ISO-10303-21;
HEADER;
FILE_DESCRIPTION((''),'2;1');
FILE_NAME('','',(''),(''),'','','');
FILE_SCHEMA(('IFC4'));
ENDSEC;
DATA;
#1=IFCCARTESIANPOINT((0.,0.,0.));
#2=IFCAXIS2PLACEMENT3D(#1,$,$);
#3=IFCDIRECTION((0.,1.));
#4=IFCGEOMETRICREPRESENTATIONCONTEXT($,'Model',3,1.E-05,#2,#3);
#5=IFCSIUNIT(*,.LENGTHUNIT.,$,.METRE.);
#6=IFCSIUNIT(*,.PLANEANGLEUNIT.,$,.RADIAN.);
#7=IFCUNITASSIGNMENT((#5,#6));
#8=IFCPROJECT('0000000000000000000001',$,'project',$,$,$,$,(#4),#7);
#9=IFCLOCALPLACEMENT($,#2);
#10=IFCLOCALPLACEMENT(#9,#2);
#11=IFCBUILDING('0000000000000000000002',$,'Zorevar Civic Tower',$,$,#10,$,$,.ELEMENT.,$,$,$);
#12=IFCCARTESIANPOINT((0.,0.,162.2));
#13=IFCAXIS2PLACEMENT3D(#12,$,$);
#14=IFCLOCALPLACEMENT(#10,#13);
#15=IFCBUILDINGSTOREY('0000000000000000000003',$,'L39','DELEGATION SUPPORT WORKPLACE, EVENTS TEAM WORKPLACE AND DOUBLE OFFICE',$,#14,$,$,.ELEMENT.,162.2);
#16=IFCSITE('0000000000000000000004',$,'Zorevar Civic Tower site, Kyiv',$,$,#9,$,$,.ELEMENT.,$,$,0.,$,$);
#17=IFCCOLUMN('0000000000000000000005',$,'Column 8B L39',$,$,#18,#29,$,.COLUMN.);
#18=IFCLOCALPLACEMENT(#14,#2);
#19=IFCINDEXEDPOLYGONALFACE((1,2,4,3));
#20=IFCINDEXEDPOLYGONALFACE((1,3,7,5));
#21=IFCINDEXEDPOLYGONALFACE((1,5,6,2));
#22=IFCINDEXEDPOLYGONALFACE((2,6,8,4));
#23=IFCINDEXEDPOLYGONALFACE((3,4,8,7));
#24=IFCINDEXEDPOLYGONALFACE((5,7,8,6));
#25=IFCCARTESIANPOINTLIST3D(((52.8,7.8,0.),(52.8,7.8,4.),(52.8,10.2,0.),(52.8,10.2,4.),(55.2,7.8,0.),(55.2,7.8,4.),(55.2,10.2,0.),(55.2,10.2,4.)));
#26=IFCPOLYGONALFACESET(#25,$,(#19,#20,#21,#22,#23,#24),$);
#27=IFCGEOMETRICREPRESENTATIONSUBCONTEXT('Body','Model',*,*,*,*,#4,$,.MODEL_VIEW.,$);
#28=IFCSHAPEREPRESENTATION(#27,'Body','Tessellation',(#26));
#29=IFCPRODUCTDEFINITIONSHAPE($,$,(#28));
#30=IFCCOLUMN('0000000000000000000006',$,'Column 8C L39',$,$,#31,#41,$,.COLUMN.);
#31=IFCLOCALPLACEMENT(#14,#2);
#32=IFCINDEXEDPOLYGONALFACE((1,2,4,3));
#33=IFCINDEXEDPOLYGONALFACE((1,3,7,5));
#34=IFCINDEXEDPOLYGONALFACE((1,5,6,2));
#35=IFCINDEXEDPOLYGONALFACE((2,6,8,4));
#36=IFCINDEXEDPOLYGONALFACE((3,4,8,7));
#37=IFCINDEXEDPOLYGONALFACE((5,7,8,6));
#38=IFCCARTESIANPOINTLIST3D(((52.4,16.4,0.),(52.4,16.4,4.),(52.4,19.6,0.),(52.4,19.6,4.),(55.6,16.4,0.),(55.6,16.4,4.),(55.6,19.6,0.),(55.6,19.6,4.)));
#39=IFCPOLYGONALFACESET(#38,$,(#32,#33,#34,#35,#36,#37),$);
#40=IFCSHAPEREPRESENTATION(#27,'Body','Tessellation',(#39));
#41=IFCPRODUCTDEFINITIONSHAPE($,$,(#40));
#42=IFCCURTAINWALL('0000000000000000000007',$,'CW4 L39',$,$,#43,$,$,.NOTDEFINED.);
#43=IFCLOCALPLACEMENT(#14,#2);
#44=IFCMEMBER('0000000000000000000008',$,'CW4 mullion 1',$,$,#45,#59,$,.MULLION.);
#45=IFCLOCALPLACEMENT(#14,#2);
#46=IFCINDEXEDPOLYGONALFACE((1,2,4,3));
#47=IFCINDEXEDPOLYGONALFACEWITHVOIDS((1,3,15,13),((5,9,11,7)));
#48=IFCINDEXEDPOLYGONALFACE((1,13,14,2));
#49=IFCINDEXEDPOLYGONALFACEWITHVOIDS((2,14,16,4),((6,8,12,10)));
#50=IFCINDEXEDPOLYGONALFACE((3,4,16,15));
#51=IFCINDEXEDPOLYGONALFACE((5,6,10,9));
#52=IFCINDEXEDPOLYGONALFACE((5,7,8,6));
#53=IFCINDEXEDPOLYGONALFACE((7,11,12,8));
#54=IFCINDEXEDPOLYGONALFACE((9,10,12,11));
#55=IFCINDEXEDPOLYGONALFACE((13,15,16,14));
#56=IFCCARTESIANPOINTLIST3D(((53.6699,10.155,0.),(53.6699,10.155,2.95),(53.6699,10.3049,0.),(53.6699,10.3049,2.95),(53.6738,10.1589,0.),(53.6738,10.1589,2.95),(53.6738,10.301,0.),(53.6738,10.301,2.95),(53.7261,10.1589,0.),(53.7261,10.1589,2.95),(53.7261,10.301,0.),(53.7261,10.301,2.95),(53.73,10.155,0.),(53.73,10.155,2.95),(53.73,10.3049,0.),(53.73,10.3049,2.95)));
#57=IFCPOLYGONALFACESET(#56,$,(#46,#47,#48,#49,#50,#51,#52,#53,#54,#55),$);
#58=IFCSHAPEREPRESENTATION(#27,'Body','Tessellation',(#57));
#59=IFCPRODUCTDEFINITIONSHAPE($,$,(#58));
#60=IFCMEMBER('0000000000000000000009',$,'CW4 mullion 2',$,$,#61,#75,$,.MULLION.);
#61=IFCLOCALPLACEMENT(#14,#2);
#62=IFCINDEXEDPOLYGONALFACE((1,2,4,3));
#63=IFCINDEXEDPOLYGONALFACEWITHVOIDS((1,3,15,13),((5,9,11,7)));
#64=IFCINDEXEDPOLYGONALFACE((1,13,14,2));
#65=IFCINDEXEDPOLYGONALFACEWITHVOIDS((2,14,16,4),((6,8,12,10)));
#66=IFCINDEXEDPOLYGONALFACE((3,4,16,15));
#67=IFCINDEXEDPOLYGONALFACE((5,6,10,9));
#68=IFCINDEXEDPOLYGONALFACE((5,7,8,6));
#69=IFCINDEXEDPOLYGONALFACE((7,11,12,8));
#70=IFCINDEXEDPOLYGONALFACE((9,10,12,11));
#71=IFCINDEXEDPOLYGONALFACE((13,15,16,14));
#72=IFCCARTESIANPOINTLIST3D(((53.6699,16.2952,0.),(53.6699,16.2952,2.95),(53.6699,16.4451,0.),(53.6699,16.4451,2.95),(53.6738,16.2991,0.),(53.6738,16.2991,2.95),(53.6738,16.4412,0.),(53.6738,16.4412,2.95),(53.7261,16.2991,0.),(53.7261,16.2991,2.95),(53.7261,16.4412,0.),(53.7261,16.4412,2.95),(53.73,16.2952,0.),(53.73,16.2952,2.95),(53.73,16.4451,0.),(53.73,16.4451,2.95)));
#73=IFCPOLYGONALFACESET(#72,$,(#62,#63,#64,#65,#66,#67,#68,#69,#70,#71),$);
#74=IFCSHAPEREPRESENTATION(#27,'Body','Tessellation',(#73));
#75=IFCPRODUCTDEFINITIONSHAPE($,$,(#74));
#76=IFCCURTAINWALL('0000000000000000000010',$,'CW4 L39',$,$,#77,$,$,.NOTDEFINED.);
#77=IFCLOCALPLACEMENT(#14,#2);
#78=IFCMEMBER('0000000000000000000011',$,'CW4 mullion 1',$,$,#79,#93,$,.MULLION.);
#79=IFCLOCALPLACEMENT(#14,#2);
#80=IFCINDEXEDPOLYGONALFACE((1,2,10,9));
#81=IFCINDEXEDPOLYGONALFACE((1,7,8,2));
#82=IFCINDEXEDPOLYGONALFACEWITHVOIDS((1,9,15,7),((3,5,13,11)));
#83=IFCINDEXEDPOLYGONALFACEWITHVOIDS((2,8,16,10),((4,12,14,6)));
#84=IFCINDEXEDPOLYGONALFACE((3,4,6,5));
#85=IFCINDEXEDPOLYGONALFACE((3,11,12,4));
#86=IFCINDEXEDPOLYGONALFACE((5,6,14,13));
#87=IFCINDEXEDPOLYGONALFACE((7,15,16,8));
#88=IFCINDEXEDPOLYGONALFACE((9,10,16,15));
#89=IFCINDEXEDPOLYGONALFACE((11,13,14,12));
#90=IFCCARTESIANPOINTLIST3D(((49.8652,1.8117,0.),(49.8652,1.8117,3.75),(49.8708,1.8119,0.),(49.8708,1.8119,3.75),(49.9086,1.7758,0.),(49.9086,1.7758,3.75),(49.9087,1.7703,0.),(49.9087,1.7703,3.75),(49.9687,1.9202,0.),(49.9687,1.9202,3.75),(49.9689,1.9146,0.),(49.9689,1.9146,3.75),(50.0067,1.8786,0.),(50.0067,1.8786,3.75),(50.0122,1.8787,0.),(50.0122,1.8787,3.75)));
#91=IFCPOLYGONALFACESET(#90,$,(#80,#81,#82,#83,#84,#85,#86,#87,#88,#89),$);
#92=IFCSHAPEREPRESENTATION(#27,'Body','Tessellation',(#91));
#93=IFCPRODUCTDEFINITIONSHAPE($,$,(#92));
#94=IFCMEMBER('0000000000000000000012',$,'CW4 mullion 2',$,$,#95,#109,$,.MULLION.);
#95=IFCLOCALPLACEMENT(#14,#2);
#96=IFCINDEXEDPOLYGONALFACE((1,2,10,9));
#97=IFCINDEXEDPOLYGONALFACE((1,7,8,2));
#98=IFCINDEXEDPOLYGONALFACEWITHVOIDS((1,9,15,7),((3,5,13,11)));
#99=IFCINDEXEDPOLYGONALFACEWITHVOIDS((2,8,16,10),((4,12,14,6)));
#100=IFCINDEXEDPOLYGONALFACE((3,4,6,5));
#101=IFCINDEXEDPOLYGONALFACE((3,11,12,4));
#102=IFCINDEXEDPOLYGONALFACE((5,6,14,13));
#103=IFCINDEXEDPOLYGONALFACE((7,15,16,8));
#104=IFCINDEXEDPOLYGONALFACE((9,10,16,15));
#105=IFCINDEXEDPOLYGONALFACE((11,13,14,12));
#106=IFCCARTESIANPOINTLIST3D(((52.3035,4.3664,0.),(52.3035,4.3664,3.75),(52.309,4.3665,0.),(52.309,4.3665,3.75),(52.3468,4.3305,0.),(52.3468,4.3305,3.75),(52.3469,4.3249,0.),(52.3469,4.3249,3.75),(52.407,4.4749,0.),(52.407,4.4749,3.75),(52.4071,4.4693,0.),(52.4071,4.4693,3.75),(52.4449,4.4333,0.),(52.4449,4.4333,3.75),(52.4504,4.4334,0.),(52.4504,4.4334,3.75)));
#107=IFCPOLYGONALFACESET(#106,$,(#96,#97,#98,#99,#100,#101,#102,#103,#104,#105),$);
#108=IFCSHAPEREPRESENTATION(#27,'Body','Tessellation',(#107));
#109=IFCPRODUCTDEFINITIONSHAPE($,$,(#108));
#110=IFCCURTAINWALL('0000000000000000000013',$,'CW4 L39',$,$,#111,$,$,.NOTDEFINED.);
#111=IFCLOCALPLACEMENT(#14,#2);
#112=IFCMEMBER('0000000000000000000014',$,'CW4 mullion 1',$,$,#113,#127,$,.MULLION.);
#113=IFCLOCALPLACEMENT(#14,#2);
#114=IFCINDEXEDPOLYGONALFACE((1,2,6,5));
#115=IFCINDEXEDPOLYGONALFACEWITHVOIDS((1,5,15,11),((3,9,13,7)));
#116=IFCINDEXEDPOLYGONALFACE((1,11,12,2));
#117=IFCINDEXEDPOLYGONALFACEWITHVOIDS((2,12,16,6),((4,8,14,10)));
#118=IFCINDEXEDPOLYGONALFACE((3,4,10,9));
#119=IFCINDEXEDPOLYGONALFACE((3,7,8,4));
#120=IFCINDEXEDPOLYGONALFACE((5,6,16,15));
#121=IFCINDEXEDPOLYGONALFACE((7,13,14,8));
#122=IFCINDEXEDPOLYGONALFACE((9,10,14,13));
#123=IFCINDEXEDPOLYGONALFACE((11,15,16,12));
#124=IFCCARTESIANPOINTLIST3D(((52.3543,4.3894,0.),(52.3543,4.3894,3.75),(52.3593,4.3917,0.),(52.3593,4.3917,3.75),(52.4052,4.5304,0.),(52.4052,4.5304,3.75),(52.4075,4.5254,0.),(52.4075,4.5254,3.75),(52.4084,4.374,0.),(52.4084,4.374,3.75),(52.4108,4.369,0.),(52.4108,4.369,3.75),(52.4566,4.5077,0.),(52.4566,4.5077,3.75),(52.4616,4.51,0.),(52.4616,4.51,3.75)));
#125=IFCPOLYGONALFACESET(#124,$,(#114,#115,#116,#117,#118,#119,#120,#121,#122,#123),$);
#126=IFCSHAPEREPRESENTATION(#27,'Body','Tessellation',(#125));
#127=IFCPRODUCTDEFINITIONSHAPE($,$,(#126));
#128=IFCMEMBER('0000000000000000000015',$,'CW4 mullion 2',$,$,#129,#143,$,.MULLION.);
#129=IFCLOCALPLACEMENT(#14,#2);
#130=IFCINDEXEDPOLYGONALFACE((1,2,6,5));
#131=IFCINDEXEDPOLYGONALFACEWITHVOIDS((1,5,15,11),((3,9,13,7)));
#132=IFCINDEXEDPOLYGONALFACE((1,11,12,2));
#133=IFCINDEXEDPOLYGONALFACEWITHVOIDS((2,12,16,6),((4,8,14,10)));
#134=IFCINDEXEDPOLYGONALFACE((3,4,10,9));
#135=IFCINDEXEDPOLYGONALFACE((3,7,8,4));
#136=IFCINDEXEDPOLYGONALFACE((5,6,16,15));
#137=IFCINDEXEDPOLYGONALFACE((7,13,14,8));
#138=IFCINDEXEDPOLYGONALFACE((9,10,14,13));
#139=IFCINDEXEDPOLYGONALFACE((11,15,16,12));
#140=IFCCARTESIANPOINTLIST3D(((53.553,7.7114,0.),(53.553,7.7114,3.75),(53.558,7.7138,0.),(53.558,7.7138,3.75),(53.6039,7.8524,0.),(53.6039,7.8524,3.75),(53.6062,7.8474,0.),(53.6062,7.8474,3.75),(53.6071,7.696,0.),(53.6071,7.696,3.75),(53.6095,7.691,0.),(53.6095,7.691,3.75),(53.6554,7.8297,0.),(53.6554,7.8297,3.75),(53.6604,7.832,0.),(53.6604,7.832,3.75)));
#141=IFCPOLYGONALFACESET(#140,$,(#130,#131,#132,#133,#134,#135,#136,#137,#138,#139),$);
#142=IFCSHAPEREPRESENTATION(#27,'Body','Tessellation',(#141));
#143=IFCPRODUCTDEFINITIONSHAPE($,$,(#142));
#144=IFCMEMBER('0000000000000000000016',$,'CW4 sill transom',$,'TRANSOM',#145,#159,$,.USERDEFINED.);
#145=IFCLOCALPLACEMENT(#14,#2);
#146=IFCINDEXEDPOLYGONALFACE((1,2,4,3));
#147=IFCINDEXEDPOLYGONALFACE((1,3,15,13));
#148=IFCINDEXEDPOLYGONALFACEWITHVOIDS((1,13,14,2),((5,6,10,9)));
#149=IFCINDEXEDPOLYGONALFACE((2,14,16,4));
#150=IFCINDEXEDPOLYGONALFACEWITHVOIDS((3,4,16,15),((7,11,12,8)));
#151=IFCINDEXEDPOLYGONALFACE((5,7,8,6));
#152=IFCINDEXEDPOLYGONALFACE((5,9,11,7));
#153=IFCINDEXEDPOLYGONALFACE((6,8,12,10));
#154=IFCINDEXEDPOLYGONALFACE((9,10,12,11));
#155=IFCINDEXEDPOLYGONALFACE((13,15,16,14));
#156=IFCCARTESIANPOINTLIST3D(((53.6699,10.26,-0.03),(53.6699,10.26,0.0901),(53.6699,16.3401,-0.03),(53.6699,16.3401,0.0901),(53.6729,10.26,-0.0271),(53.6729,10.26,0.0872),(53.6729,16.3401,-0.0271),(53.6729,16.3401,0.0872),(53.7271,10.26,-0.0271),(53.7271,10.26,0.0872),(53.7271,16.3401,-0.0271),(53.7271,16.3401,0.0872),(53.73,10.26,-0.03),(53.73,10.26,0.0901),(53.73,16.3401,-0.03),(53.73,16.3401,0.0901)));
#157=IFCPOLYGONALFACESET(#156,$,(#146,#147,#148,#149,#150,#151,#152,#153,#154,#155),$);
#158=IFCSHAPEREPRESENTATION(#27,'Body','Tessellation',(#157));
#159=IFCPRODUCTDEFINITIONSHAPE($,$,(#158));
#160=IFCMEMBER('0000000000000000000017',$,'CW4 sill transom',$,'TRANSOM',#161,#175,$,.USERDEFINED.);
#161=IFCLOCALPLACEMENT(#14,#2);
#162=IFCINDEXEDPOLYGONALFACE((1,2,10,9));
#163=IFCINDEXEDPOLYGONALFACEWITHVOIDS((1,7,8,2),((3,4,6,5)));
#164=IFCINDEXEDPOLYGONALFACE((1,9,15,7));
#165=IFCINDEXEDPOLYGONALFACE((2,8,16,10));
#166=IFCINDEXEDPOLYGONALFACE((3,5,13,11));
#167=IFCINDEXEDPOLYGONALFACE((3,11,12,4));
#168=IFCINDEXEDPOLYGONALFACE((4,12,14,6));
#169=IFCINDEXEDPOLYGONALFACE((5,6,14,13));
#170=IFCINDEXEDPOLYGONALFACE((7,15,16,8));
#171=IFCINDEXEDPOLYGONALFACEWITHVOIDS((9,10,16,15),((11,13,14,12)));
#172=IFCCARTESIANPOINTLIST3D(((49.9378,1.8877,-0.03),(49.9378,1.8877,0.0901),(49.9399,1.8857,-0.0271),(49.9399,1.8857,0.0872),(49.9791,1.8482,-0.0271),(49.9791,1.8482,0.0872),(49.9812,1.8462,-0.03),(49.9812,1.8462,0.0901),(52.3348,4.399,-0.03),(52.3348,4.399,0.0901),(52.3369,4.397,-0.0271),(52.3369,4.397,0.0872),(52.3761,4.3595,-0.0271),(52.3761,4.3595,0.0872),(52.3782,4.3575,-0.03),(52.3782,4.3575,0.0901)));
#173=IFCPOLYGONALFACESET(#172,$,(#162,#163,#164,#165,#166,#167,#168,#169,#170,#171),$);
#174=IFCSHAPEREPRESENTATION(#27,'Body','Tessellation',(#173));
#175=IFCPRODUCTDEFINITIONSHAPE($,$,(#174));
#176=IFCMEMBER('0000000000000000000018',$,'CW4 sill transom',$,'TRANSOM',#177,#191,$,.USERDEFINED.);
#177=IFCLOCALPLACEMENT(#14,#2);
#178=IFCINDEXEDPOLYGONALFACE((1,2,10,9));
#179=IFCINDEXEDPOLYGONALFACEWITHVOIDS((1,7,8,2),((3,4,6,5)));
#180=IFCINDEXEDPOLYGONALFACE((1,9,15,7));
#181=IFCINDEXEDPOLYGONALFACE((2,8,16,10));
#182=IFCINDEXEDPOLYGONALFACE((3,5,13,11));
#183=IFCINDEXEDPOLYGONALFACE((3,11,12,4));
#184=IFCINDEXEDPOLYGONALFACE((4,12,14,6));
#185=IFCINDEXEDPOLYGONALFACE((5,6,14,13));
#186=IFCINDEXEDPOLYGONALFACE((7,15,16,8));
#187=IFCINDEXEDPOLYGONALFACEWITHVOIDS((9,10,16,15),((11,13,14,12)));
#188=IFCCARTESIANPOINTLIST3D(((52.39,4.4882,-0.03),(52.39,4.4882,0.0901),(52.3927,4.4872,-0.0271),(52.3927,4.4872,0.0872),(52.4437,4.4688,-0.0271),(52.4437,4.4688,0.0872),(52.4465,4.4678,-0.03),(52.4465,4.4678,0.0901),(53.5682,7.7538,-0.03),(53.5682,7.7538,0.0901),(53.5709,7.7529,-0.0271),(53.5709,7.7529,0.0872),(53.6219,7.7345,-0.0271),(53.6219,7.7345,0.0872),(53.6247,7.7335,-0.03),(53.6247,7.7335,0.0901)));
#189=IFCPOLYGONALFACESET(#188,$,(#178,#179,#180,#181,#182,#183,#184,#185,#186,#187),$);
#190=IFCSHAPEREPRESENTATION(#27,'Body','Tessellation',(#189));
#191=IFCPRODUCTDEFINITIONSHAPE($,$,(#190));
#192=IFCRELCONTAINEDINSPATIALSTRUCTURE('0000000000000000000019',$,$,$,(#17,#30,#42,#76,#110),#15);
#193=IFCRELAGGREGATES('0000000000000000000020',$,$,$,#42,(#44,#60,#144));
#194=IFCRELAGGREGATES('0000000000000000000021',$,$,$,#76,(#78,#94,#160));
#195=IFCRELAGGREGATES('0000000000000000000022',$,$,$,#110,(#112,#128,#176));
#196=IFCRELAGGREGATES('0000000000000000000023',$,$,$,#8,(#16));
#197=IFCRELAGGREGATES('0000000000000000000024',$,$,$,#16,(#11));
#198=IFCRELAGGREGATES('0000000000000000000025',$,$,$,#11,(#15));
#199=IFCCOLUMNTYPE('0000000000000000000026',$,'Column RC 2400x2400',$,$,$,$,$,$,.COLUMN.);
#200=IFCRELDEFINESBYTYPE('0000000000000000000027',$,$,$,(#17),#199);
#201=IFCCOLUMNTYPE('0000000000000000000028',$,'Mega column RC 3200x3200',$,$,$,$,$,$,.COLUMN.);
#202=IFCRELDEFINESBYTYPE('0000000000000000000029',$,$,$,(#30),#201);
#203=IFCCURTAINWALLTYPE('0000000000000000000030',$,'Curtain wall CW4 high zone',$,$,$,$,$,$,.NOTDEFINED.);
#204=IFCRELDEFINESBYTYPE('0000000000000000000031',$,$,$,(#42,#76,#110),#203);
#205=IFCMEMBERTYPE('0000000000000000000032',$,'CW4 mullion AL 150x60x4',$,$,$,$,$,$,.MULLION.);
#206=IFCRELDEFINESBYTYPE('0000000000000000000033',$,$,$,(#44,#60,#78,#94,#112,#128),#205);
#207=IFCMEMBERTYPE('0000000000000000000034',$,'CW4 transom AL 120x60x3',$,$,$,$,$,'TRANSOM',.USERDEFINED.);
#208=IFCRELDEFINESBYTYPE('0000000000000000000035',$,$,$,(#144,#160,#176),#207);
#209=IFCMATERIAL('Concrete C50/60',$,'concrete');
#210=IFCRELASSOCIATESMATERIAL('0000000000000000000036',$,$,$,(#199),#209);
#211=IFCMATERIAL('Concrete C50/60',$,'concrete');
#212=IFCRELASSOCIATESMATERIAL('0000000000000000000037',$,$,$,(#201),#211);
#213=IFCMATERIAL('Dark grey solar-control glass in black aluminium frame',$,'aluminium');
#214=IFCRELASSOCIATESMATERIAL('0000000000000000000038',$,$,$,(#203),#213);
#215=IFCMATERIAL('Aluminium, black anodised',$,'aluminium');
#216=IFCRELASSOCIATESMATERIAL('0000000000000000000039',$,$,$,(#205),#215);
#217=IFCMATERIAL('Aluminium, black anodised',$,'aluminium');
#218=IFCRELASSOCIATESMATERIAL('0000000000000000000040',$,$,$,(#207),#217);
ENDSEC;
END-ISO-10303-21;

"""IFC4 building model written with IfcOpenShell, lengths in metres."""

from ifc_helpers import new_model, si_unit, direction, frame, origin, origin_2d, place, context, subcontext, project, spatial, rectangle, hollow_rectangle, extrude, material, material_profile, profile_set, type_object, element, aggregate, save


model = new_model("IFC4")

# Units and contexts
model_context = context("Model", 3, precision=1e-05, world=origin(), true_north=direction((0.0, 1.0)))
body_context = subcontext(model_context, "Body", "Model", "MODEL_VIEW")
ifc_project = project(units=[si_unit("LENGTHUNIT", "METRE"), si_unit("PLANEANGLEUNIT", "RADIAN")], contexts=[model_context])

# Site, building, storey
site_placement = place(None, origin())
site = spatial("IfcSite", under=ifc_project, at=site_placement, Name="Zorevar Civic Tower site, Kyiv", CompositionType="ELEMENT", RefElevation=0.0)
building_placement = place(site_placement, origin())
building = spatial("IfcBuilding", under=site, at=building_placement, Name="Zorevar Civic Tower", CompositionType="ELEMENT")
storey_placement = place(building_placement, frame((0.0, 0.0, 162.2)))
storey = spatial("IfcBuildingStorey", under=building, at=storey_placement, Name="L39", Description="DELEGATION SUPPORT WORKPLACE, EVENTS TEAM WORKPLACE AND DOUBLE OFFICE", CompositionType="ELEMENT", Elevation=162.2)

# Columns
ifc_material_1 = material(Name="Concrete C50/60", Category="concrete")
ifc_material_profile_1 = material_profile(ifc_material_1, rectangle(XDim=2.3999, YDim=2.3999, at=origin_2d()), Name="RC 2400x2400")
ifc_profile_set_1 = profile_set([ifc_material_profile_1], Name="Concrete C50/60")
column_type_1 = type_object("IfcColumnType", Name="Column RC 2400x2400", PredefinedType="COLUMN", material=ifc_profile_set_1)
column_1_placement = place(storey_placement, frame((54.0, 9.0, 0.0), z_axis=(0.0, 0.0, 1.0), x_axis=(1.0, 0.0, 0.0)))
element("IfcColumn", 1, at=column_1_placement, inside=storey, type_object=column_type_1, Name="Column 8B L39", PredefinedType="COLUMN", context=body_context, shape_type="SweptSolid", body=[
    extrude(rectangle(XDim=2.3999, YDim=2.3999, at=origin_2d()), origin(), (0.0, 0.0, 1.0), 4.0),
])
ifc_material_2 = material(Name="Concrete C50/60", Category="concrete")
ifc_material_profile_2 = material_profile(ifc_material_2, rectangle(XDim=3.2, YDim=3.2, at=origin_2d()), Name="RC 3200x3200")
ifc_profile_set_2 = profile_set([ifc_material_profile_2], Name="Concrete C50/60")
column_type_2 = type_object("IfcColumnType", Name="Mega column RC 3200x3200", PredefinedType="COLUMN", material=ifc_profile_set_2)
column_2_placement = place(storey_placement, frame((54.0, 18.0, 0.0), z_axis=(0.0, 0.0, 1.0), x_axis=(1.0, 0.0, 0.0)))
element("IfcColumn", 2, at=column_2_placement, inside=storey, type_object=column_type_2, Name="Column 8C L39", PredefinedType="COLUMN", context=body_context, shape_type="SweptSolid", body=[
    extrude(rectangle(XDim=3.2, YDim=3.2, at=origin_2d()), origin(), (0.0, 0.0, 1.0), 4.0),
])

# Curtain walls, members
ifc_material_3 = material(Name="Dark grey solar-control glass in black aluminium frame", Category="aluminium")
curtain_wall_type = type_object("IfcCurtainWallType", Name="Curtain wall CW4 high zone", PredefinedType="NOTDEFINED", material=ifc_material_3)
curtain_wall_1_placement = place(storey_placement, origin())
curtain_wall_1 = element("IfcCurtainWall", 3, at=curtain_wall_1_placement, inside=storey, type_object=curtain_wall_type, Name="CW4 L39", PredefinedType="NOTDEFINED")
ifc_material_4 = material(Name="Aluminium, black anodised", Category="aluminium")
ifc_material_profile_3 = material_profile(ifc_material_4, hollow_rectangle(XDim=0.0601, YDim=0.1499, WallThickness=0.0039, at=origin_2d()), Name="AL 150x60x4")
ifc_profile_set_3 = profile_set([ifc_material_profile_3], Name="Aluminium, black anodised")
member_type_1 = type_object("IfcMemberType", Name="CW4 mullion AL 150x60x4", PredefinedType="MULLION", material=ifc_profile_set_3)
member_1_placement = place(storey_placement, frame((53.7, 10.23, 0.0), z_axis=(0.0, 0.0, 1.0), x_axis=(-1.0, 0.0, 0.0)))
member_1 = element("IfcMember", 4, at=member_1_placement, type_object=member_type_1, Name="CW4 mullion 1", PredefinedType="MULLION", context=body_context, shape_type="SweptSolid", body=[
    extrude(hollow_rectangle(XDim=0.0601, YDim=0.1499, WallThickness=0.0039, at=origin_2d()), origin(), (0.0, 0.0, 1.0), 2.95),
])
member_2_placement = place(storey_placement, frame((53.7, 16.3701, 0.0), z_axis=(0.0, 0.0, 1.0), x_axis=(-1.0, 0.0, 0.0)))
member_2 = element("IfcMember", 5, at=member_2_placement, type_object=member_type_1, Name="CW4 mullion 2", PredefinedType="MULLION", context=body_context, shape_type="SweptSolid", body=[
    extrude(hollow_rectangle(XDim=0.0601, YDim=0.1499, WallThickness=0.0039, at=origin_2d()), origin(), (0.0, 0.0, 1.0), 2.95),
])
curtain_wall_2_placement = place(storey_placement, origin())
curtain_wall_2 = element("IfcCurtainWall", 6, at=curtain_wall_2_placement, inside=storey, type_object=curtain_wall_type, Name="CW4 L39", PredefinedType="NOTDEFINED")
member_3_placement = place(storey_placement, frame((49.9387, 1.8452, 0.0), z_axis=(0.0, 0.0, 1.0), x_axis=(-0.723393, 0.690437, 0.0)))
member_3 = element("IfcMember", 7, at=member_3_placement, type_object=member_type_1, Name="CW4 mullion 1", PredefinedType="MULLION", context=body_context, shape_type="SweptSolid", body=[
    extrude(hollow_rectangle(XDim=0.0601, YDim=0.1499, WallThickness=0.0039, at=origin_2d()), origin(), (0.0, 0.0, 1.0), 3.75),
])
member_4_placement = place(storey_placement, frame((52.377, 4.3999, 0.0), z_axis=(0.0, 0.0, 1.0), x_axis=(-0.723393, 0.690437, 0.0)))
member_4 = element("IfcMember", 8, at=member_4_placement, type_object=member_type_1, Name="CW4 mullion 2", PredefinedType="MULLION", context=body_context, shape_type="SweptSolid", body=[
    extrude(hollow_rectangle(XDim=0.0601, YDim=0.1499, WallThickness=0.0039, at=origin_2d()), origin(), (0.0, 0.0, 1.0), 3.75),
])
curtain_wall_3_placement = place(storey_placement, origin())
curtain_wall_3 = element("IfcCurtainWall", 9, at=curtain_wall_3_placement, inside=storey, type_object=curtain_wall_type, Name="CW4 L39", PredefinedType="NOTDEFINED")
member_5_placement = place(storey_placement, frame((52.408, 4.4497, 0.0), z_axis=(0.0, 0.0, 1.0), x_axis=(-0.940637, 0.339415, 0.0)))
member_5 = element("IfcMember", 10, at=member_5_placement, type_object=member_type_1, Name="CW4 mullion 1", PredefinedType="MULLION", context=body_context, shape_type="SweptSolid", body=[
    extrude(hollow_rectangle(XDim=0.0601, YDim=0.1499, WallThickness=0.0039, at=origin_2d()), origin(), (0.0, 0.0, 1.0), 3.75),
])
member_6_placement = place(storey_placement, frame((53.6067, 7.7717, 0.0), z_axis=(0.0, 0.0, 1.0), x_axis=(-0.940637, 0.339415, 0.0)))
member_6 = element("IfcMember", 11, at=member_6_placement, type_object=member_type_1, Name="CW4 mullion 2", PredefinedType="MULLION", context=body_context, shape_type="SweptSolid", body=[
    extrude(hollow_rectangle(XDim=0.0601, YDim=0.1499, WallThickness=0.0039, at=origin_2d()), origin(), (0.0, 0.0, 1.0), 3.75),
])

# Members
ifc_material_5 = material(Name="Aluminium, black anodised", Category="aluminium")
ifc_material_profile_4 = material_profile(ifc_material_5, hollow_rectangle(XDim=0.0601, YDim=0.1201, WallThickness=0.0029, at=origin_2d()), Name="AL 120x60x3")
ifc_profile_set_4 = profile_set([ifc_material_profile_4], Name="Aluminium, black anodised")
member_type_2 = type_object("IfcMemberType", Name="CW4 transom AL 120x60x3", ElementType="TRANSOM", PredefinedType="USERDEFINED", material=ifc_profile_set_4)
member_7_placement = place(storey_placement, frame((53.7, 10.26, 0.03), z_axis=(0.0, 1.0, 0.0), x_axis=(-1.0, 0.0, 0.0)))
member_7 = element("IfcMember", 12, at=member_7_placement, type_object=member_type_2, Name="CW4 sill transom", ObjectType="TRANSOM", PredefinedType="USERDEFINED", context=body_context, shape_type="SweptSolid", body=[
    extrude(hollow_rectangle(XDim=0.0601, YDim=0.1201, WallThickness=0.0029, at=origin_2d()), origin(), (0.0, 0.0, 1.0), 6.0801),
])
member_8_placement = place(storey_placement, frame((49.9595, 1.8669, 0.03), z_axis=(0.690459, 0.723372, 0.0), x_axis=(-0.723372, 0.690459, 0.0)))
member_8 = element("IfcMember", 13, at=member_8_placement, type_object=member_type_2, Name="CW4 sill transom", ObjectType="TRANSOM", PredefinedType="USERDEFINED", context=body_context, shape_type="SweptSolid", body=[
    extrude(hollow_rectangle(XDim=0.0601, YDim=0.1201, WallThickness=0.0029, at=origin_2d()), origin(), (0.0, 0.0, 1.0), 3.4717),
])
member_9_placement = place(storey_placement, frame((52.4182, 4.478, 0.03), z_axis=(0.339382, 0.940649, 0.0), x_axis=(-0.940649, 0.339382, 0.0)))
member_9 = element("IfcMember", 14, at=member_9_placement, type_object=member_type_2, Name="CW4 sill transom", ObjectType="TRANSOM", PredefinedType="USERDEFINED", context=body_context, shape_type="SweptSolid", body=[
    extrude(hollow_rectangle(XDim=0.0601, YDim=0.1201, WallThickness=0.0029, at=origin_2d()), origin(), (0.0, 0.0, 1.0), 3.4717),
])

aggregate(curtain_wall_1, [member_1, member_2, member_7])
aggregate(curtain_wall_2, [member_3, member_4, member_8])
aggregate(curtain_wall_3, [member_5, member_6, member_9])

save(model, "model.ifc")
